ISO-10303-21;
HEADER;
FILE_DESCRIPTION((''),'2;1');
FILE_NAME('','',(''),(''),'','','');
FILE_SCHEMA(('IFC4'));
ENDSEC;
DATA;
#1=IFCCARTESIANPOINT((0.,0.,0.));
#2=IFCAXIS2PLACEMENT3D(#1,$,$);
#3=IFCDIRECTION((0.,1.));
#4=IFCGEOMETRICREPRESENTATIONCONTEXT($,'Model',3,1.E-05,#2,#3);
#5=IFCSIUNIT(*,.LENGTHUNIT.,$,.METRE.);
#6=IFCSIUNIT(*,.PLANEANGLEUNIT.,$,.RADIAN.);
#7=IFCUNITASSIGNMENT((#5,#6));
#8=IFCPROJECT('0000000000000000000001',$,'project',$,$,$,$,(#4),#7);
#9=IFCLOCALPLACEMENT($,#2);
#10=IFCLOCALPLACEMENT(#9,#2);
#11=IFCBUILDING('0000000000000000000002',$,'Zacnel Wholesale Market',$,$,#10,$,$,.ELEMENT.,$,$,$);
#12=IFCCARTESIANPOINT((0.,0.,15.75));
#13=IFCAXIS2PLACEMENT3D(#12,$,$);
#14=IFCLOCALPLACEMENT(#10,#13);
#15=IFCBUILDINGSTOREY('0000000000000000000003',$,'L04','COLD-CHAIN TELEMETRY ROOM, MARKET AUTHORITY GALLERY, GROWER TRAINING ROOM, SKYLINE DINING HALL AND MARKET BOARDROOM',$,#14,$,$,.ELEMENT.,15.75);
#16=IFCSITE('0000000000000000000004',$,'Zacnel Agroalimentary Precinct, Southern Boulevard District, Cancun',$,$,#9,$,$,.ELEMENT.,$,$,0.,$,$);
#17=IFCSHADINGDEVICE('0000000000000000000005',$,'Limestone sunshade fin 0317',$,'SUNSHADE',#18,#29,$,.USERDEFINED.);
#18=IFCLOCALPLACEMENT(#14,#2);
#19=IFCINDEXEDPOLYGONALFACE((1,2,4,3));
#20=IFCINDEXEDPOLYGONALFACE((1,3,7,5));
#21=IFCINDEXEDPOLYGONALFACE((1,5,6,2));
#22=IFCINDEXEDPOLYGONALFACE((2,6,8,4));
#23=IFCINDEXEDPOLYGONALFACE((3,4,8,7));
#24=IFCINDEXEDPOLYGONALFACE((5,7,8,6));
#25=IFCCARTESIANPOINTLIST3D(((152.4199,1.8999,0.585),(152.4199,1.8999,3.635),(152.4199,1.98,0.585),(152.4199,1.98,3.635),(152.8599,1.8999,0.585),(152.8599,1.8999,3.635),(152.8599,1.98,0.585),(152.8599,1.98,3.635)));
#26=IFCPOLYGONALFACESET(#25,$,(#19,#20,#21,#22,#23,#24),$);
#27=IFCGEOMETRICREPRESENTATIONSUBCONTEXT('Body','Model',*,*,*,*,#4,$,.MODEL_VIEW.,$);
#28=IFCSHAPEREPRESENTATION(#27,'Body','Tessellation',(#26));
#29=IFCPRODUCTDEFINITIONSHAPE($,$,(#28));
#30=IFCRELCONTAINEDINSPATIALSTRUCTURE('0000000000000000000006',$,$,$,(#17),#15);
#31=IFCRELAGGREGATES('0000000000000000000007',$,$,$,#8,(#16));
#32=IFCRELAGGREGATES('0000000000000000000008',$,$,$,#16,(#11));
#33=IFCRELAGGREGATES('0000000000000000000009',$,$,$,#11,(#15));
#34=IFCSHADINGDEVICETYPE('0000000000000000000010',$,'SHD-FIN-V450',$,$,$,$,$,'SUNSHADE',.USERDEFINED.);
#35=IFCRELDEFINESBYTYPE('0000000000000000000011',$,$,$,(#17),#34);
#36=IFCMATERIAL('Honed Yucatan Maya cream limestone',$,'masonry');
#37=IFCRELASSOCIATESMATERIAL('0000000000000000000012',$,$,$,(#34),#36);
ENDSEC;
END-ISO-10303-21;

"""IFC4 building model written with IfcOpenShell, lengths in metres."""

from ifc_helpers import new_model, si_unit, direction, frame, origin, origin_2d, place, context, subcontext, project, spatial, rectangle, extrude, material, type_object, element, save


model = new_model("IFC4")

# Units and contexts
model_context = context("Model", 3, precision=1e-05, world=origin(), true_north=direction((0.0, 1.0)))
body_context = subcontext(model_context, "Body", "Model", "MODEL_VIEW")
ifc_project = project(units=[si_unit("LENGTHUNIT", "METRE"), si_unit("PLANEANGLEUNIT", "RADIAN")], contexts=[model_context])

# Site, building, storey
site_placement = place(None, origin())
site = spatial("IfcSite", under=ifc_project, at=site_placement, Name="Zacnel Agroalimentary Precinct, Southern Boulevard District, Cancun", CompositionType="ELEMENT", RefElevation=0.0)
building_placement = place(site_placement, origin())
building = spatial("IfcBuilding", under=site, at=building_placement, Name="Zacnel Wholesale Market", CompositionType="ELEMENT")
storey_placement = place(building_placement, frame((0.0, 0.0, 15.75)))
storey = spatial("IfcBuildingStorey", under=building, at=storey_placement, Name="L04", Description="COLD-CHAIN TELEMETRY ROOM, MARKET AUTHORITY GALLERY, GROWER TRAINING ROOM, SKYLINE DINING HALL AND MARKET BOARDROOM", CompositionType="ELEMENT", Elevation=15.75)

# Shading device
ifc_material_1 = material(Name="Honed Yucatan Maya cream limestone", Category="masonry")
shading_device_type = type_object("IfcShadingDeviceType", Name="SHD-FIN-V450", ElementType="SUNSHADE", PredefinedType="USERDEFINED", material=ifc_material_1)
shading_device_placement = place(storey_placement, frame((152.6399, 1.9399, 0.585), z_axis=(0.0, 0.0, 1.0), x_axis=(0.0, 1.0, 0.0)))
element("IfcShadingDevice", 1, at=shading_device_placement, inside=storey, type_object=shading_device_type, Name="Limestone sunshade fin 0317", ObjectType="SUNSHADE", PredefinedType="USERDEFINED", context=body_context, shape_type="SweptSolid", body=[
    extrude(rectangle(XDim=0.0801, YDim=0.4399, at=origin_2d()), origin(), (0.0, 0.0, 1.0), 3.05),
])

save(model, "model.ifc")
